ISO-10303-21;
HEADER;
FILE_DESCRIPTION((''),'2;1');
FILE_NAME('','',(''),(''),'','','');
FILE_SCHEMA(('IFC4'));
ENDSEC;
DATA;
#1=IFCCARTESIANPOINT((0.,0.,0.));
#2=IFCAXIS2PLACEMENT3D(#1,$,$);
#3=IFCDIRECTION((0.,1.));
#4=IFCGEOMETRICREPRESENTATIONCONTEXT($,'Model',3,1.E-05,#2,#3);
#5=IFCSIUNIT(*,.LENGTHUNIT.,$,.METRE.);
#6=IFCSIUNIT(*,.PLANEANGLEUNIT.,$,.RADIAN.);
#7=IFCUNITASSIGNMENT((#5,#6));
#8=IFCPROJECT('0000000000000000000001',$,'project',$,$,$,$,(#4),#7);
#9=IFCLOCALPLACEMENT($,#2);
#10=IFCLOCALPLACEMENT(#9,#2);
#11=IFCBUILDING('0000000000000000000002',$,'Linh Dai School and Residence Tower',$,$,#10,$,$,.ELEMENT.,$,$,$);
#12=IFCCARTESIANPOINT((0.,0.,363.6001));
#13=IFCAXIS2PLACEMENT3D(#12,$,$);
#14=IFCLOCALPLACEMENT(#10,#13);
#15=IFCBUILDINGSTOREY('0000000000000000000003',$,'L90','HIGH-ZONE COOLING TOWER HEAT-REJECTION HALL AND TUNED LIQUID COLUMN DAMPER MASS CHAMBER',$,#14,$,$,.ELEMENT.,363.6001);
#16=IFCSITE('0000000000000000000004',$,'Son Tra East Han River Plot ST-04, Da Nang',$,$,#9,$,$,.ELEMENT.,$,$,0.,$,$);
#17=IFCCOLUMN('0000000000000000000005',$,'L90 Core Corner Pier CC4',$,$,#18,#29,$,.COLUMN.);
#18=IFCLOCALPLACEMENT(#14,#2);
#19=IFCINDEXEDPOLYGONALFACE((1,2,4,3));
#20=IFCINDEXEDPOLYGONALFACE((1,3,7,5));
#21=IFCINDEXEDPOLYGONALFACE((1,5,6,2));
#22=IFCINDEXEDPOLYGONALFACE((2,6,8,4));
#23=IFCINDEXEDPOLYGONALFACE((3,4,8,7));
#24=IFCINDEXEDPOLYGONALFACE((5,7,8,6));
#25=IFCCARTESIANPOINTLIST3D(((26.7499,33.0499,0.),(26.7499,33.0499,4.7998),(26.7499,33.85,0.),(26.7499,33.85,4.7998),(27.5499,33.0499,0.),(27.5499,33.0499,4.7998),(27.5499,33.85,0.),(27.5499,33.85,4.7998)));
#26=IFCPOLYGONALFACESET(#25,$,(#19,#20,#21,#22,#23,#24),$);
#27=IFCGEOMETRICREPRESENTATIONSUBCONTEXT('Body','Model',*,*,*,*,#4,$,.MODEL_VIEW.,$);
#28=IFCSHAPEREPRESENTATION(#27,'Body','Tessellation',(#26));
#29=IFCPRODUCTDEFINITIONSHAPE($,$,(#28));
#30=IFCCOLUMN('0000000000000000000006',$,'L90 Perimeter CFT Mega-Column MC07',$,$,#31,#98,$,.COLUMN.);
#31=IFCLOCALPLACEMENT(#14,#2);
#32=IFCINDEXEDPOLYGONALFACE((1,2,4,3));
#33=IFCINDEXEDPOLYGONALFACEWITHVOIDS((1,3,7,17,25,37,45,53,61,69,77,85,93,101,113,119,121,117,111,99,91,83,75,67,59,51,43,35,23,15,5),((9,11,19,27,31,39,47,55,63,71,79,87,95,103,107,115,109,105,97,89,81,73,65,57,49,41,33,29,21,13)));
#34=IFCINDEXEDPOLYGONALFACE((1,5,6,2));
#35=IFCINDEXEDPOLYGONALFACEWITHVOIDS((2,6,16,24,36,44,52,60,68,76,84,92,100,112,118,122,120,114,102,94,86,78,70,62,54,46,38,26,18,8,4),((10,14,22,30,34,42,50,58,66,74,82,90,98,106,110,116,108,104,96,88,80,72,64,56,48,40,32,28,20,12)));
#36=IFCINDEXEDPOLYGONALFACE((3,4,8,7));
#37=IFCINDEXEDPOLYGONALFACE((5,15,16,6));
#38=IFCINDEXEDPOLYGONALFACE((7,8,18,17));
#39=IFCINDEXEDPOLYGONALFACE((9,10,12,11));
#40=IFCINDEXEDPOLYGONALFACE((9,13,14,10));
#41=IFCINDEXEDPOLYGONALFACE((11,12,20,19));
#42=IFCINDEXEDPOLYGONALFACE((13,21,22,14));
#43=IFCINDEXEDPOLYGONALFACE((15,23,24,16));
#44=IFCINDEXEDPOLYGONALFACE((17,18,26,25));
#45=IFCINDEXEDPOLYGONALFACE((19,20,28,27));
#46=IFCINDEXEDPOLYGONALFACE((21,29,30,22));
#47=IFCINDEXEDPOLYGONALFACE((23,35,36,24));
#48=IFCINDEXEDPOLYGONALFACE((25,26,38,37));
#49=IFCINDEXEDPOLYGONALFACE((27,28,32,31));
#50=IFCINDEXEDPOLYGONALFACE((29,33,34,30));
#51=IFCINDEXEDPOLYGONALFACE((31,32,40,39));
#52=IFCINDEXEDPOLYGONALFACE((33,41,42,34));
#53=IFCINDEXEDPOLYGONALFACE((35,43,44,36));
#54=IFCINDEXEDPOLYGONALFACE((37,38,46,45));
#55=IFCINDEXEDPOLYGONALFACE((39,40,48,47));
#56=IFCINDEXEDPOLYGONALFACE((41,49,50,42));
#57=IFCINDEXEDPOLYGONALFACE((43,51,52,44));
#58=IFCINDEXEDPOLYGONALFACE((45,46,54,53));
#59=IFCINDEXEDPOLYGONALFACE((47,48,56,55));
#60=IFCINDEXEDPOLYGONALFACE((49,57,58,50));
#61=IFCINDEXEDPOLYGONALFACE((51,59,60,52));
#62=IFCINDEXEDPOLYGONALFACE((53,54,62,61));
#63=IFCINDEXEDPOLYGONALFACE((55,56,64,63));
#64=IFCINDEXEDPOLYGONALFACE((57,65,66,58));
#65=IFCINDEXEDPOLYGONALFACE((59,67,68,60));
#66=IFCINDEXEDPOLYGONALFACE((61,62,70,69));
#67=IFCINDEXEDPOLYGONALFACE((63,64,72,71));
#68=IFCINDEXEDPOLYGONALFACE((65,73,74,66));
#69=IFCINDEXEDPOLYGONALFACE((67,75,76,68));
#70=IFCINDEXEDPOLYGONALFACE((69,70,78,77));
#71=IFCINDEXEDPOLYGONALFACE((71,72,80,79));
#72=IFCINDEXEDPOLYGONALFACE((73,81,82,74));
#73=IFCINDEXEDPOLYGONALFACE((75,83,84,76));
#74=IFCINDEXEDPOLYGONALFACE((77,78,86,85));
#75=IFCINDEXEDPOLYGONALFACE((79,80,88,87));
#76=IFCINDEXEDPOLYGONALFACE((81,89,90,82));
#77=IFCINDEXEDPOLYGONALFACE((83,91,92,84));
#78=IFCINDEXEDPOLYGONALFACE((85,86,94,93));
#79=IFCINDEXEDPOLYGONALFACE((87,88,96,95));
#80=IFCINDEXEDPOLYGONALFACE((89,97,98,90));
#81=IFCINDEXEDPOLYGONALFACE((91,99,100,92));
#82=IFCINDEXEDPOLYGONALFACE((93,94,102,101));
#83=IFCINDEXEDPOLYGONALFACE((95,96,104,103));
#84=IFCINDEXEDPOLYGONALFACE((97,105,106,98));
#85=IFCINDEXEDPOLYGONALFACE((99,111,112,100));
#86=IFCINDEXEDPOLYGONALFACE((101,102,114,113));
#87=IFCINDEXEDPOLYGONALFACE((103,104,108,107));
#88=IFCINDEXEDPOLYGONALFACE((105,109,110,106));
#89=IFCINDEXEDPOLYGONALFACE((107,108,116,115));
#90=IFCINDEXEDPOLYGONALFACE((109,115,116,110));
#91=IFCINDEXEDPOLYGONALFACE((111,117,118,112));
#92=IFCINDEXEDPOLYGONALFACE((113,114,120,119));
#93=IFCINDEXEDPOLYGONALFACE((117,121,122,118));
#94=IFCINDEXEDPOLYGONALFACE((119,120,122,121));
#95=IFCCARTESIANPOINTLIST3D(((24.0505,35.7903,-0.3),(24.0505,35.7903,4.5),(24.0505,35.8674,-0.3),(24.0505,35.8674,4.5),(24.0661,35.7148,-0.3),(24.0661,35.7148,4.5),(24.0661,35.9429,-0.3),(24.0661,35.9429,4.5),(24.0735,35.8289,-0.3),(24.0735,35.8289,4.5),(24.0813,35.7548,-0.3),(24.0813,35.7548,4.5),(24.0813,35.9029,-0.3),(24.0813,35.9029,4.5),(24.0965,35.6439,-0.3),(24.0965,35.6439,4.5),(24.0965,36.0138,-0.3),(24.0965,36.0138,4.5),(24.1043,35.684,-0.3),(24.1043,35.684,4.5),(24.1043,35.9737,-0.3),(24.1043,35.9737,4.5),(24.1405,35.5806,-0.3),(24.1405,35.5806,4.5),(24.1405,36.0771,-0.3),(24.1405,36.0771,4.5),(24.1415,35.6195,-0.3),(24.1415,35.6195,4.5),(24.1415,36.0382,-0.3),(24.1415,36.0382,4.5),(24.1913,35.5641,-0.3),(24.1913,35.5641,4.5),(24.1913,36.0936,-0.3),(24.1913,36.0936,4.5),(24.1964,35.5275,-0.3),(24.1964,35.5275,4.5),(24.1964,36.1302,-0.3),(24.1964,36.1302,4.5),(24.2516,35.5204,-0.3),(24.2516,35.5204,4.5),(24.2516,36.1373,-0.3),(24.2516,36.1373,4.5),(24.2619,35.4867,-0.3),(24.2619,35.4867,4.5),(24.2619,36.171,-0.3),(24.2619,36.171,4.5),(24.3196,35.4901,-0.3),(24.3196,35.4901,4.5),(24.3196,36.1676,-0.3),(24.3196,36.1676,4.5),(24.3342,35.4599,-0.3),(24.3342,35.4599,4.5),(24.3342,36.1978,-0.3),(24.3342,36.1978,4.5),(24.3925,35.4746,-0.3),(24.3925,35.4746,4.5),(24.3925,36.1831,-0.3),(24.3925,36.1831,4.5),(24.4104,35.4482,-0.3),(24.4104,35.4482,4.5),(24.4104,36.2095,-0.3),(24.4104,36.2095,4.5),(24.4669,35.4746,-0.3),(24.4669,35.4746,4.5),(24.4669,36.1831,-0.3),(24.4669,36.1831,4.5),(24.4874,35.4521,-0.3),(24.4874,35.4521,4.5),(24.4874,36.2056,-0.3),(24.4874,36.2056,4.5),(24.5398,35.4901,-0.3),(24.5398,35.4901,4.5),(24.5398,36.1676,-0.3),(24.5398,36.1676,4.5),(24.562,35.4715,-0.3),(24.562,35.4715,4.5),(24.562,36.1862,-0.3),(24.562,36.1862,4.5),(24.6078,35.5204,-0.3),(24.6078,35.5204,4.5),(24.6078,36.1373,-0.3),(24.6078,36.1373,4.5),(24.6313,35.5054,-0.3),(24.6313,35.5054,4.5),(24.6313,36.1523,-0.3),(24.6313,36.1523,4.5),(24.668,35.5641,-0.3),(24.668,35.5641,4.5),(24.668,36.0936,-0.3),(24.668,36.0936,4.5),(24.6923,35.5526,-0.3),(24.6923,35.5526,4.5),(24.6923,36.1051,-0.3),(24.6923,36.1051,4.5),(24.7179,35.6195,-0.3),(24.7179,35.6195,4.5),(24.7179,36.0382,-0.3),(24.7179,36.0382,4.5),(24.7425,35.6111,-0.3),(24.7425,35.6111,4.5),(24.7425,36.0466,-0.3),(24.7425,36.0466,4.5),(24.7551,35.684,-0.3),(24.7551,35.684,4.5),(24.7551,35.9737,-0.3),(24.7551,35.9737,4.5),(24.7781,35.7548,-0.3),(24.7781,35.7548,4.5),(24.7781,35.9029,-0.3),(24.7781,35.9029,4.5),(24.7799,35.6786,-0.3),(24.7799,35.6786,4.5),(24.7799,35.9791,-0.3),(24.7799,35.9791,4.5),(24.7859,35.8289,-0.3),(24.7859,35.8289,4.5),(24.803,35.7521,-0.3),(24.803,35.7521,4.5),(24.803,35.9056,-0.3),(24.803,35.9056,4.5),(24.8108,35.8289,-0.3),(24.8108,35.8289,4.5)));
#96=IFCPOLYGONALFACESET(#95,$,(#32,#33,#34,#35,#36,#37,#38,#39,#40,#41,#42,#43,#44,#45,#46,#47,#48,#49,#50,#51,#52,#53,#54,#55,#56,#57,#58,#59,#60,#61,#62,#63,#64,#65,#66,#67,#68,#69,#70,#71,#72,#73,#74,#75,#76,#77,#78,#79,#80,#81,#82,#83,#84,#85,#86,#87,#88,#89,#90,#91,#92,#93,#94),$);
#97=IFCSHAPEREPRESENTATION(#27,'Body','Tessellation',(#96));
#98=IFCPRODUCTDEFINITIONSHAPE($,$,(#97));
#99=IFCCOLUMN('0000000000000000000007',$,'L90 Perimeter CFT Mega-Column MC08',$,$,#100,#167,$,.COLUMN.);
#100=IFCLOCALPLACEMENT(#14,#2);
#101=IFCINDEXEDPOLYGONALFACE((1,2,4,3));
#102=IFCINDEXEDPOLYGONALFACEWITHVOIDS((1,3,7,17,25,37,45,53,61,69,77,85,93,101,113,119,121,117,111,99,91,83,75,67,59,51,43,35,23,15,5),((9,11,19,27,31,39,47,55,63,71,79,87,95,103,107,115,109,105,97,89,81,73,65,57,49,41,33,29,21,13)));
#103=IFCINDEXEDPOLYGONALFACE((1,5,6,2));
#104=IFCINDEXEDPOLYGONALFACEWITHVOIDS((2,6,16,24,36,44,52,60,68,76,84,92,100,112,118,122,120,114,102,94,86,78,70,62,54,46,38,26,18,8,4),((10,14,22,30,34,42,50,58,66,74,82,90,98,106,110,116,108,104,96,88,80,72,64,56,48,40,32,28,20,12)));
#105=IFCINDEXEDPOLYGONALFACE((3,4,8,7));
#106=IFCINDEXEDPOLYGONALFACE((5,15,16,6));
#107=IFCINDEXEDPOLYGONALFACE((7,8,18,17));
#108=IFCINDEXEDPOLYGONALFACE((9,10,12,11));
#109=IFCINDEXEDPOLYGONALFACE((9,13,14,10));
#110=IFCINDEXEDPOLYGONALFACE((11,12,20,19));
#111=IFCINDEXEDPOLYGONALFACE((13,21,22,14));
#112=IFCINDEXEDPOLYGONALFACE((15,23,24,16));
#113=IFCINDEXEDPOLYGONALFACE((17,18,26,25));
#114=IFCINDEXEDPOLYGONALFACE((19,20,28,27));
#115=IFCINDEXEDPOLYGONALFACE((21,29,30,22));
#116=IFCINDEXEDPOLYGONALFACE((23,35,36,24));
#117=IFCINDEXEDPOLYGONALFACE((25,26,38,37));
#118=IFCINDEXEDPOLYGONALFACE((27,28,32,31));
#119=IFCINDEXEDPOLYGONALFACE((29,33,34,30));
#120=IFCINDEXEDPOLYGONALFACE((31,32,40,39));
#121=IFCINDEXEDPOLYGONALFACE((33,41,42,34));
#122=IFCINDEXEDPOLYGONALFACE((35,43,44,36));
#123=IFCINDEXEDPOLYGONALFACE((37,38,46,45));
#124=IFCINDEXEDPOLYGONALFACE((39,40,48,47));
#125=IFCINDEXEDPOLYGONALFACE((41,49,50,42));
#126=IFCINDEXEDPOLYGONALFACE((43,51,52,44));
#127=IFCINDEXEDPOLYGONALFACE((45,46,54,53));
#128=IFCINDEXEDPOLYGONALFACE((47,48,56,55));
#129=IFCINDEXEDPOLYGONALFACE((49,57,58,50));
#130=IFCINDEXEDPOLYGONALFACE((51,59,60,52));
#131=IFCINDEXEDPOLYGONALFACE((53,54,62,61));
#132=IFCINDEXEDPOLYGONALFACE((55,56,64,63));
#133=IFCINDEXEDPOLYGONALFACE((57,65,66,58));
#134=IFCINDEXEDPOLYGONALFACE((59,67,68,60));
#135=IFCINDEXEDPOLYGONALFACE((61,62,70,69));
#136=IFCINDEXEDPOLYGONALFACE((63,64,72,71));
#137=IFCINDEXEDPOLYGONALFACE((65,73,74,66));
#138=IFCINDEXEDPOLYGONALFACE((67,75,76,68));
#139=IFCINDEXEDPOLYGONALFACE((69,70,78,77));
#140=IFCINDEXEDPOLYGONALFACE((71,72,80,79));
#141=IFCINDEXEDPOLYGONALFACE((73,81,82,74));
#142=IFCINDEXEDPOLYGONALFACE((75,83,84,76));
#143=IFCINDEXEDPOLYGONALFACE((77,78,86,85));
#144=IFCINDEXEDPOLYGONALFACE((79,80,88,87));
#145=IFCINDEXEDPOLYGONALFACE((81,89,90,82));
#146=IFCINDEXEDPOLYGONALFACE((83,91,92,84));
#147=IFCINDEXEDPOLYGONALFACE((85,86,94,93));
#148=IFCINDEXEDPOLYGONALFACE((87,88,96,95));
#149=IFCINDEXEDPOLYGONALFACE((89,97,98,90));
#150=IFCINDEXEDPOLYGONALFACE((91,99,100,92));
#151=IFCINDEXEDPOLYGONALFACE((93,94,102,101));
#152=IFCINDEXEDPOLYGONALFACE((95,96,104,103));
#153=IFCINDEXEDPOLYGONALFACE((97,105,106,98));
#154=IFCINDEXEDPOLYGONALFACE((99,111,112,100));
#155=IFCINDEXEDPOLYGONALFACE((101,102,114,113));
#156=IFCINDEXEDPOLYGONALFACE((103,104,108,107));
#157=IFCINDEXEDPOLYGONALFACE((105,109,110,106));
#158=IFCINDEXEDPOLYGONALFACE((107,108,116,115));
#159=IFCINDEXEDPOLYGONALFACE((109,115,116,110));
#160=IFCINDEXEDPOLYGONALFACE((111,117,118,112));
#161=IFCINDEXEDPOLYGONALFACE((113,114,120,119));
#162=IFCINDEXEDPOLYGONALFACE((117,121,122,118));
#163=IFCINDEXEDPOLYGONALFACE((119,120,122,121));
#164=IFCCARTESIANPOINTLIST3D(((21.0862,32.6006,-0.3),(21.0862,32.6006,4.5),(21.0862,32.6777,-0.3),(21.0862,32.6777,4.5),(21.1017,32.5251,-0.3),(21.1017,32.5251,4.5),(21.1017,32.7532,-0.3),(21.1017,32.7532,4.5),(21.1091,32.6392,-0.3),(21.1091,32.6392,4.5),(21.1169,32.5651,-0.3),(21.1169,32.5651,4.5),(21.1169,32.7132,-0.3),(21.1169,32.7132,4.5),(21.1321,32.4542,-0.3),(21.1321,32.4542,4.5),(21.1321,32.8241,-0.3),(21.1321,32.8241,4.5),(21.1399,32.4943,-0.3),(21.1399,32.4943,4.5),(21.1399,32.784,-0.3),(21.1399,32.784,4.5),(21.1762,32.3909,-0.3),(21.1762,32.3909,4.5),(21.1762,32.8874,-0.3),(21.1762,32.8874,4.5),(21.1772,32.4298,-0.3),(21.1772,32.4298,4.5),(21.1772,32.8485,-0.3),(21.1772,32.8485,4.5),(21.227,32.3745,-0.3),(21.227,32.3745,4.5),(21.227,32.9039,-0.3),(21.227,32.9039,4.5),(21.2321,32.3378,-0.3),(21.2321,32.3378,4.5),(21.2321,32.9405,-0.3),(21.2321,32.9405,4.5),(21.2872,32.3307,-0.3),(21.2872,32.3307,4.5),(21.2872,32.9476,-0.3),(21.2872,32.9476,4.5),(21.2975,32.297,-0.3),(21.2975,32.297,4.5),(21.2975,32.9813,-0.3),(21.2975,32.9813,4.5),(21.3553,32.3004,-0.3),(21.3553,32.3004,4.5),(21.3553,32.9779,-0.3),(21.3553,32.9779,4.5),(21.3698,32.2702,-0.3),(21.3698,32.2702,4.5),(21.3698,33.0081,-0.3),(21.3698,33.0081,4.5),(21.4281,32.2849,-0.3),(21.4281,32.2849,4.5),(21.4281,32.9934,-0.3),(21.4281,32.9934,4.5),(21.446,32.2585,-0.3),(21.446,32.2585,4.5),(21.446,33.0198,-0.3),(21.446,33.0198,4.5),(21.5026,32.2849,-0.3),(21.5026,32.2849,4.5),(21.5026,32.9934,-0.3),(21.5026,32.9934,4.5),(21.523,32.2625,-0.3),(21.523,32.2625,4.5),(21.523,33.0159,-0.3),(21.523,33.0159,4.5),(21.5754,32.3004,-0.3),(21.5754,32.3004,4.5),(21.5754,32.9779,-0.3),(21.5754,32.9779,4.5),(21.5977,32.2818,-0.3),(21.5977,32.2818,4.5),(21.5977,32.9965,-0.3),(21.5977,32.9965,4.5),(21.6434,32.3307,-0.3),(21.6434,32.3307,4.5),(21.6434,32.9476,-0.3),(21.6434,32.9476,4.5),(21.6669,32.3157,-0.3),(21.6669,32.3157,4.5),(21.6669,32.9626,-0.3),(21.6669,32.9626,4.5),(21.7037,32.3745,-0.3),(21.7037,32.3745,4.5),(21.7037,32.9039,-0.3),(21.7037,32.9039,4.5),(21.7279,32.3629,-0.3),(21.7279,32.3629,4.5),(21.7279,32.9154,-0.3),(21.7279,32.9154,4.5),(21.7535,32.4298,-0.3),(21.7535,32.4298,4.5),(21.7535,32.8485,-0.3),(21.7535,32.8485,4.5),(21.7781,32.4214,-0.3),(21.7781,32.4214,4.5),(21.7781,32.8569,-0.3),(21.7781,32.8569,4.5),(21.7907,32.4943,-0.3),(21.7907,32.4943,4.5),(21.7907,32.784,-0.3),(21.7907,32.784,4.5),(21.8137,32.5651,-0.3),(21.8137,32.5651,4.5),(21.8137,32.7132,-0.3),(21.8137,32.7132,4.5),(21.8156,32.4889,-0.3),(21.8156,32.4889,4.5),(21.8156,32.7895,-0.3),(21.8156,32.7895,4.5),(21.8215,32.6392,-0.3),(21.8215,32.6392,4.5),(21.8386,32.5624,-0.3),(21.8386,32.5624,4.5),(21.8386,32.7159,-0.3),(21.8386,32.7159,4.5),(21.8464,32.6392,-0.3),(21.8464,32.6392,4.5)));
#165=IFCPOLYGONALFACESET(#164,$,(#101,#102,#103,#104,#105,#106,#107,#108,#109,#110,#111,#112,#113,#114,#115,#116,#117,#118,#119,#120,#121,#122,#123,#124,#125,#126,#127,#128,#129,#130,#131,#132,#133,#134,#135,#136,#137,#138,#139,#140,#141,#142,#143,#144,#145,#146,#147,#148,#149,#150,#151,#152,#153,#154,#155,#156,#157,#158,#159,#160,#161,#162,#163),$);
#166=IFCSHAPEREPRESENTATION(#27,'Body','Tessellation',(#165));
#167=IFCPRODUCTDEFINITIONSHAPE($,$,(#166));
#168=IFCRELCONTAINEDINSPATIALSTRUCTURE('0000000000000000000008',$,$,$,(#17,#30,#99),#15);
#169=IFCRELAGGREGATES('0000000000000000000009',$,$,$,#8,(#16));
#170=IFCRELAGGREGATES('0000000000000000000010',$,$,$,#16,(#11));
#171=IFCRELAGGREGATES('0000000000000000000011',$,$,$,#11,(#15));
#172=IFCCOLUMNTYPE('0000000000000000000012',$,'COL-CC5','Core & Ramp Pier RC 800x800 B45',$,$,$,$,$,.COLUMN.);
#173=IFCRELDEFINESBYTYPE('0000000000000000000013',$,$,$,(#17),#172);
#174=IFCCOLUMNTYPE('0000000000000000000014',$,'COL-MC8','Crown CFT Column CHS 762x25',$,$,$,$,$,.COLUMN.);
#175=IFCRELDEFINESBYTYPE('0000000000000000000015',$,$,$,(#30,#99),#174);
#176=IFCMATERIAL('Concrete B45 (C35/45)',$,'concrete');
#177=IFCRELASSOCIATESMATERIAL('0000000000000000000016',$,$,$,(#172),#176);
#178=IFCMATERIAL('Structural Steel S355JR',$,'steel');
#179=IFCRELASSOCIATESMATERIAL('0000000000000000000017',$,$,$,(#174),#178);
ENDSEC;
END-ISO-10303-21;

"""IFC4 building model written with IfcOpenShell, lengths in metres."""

from ifc_helpers import new_model, si_unit, direction, frame, origin, origin_2d, place, context, subcontext, project, spatial, rectangle, hollow_circle, extrude, material, material_profile, profile_set, type_object, element, save


model = new_model("IFC4")

# Units and contexts
model_context = context("Model", 3, precision=1e-05, world=origin(), true_north=direction((0.0, 1.0)))
body_context = subcontext(model_context, "Body", "Model", "MODEL_VIEW")
ifc_project = project(units=[si_unit("LENGTHUNIT", "METRE"), si_unit("PLANEANGLEUNIT", "RADIAN")], contexts=[model_context])

# Site, building, storey
site_placement = place(None, origin())
site = spatial("IfcSite", under=ifc_project, at=site_placement, Name="Son Tra East Han River Plot ST-04, Da Nang", CompositionType="ELEMENT", RefElevation=0.0)
building_placement = place(site_placement, origin())
building = spatial("IfcBuilding", under=site, at=building_placement, Name="Linh Dai School and Residence Tower", CompositionType="ELEMENT")
storey_placement = place(building_placement, frame((0.0, 0.0, 363.6001)))
storey = spatial("IfcBuildingStorey", under=building, at=storey_placement, Name="L90", Description="HIGH-ZONE COOLING TOWER HEAT-REJECTION HALL AND TUNED LIQUID COLUMN DAMPER MASS CHAMBER", CompositionType="ELEMENT", Elevation=363.6001)

# Columns
ifc_material_1 = material(Name="Concrete B45 (C35/45)", Category="concrete")
ifc_material_profile_1 = material_profile(ifc_material_1, rectangle(XDim=0.8, YDim=0.8, at=origin_2d()), Name="RC 800x800")
ifc_profile_set_1 = profile_set([ifc_material_profile_1], Name="Concrete B45 (C35/45)")
column_type_1 = type_object("IfcColumnType", Name="COL-CC5", Description="Core & Ramp Pier RC 800x800 B45", PredefinedType="COLUMN", material=ifc_profile_set_1)
column_placement = place(storey_placement, frame((27.1499, 33.45, 0.0), z_axis=(0.0, 0.0, 1.0), x_axis=(1.0, 0.0, 0.0)))
element("IfcColumn", 1, at=column_placement, inside=storey, type_object=column_type_1, Name="L90 Core Corner Pier CC4", PredefinedType="COLUMN", context=body_context, shape_type="SweptSolid", body=[
    extrude(rectangle(XDim=0.8, YDim=0.8, at=origin_2d()), origin(), (0.0, 0.0, 1.0), 4.7998),
])
ifc_material_2 = material(Name="Structural Steel S355JR", Category="steel")
ifc_material_profile_2 = material_profile(ifc_material_2, hollow_circle(Radius=0.3811, WallThickness=0.0249, at=origin_2d()), Name="CHS 762x25")
ifc_profile_set_2 = profile_set([ifc_material_profile_2], Name="Structural Steel S355JR")
column_type_2 = type_object("IfcColumnType", Name="COL-MC8", Description="Crown CFT Column CHS 762x25", PredefinedType="COLUMN", material=ifc_profile_set_2)
for number, where, z_axis, x_axis, name in (
    (2, (24.4297, 35.8289, -0.3), (0.0, 0.0, 1.0), (1.0, 0.0, 0.0), "L90 Perimeter CFT Mega-Column MC07"),
    (3, (21.4653, 32.6392, -0.3), (0.0, 0.0, 1.0), (1.0, 0.0, 0.0), "L90 Perimeter CFT Mega-Column MC08"),
):
    element("IfcColumn", number, at=place(storey_placement, frame(where, z_axis=z_axis, x_axis=x_axis)), inside=storey, type_object=column_type_2, Name=name, PredefinedType="COLUMN", context=body_context, shape_type="SweptSolid", body=[
        extrude(hollow_circle(Radius=0.3811, WallThickness=0.0249, at=origin_2d()), origin(), (0.0, 0.0, 1.0), 4.8),
    ])

save(model, "model.ifc")
